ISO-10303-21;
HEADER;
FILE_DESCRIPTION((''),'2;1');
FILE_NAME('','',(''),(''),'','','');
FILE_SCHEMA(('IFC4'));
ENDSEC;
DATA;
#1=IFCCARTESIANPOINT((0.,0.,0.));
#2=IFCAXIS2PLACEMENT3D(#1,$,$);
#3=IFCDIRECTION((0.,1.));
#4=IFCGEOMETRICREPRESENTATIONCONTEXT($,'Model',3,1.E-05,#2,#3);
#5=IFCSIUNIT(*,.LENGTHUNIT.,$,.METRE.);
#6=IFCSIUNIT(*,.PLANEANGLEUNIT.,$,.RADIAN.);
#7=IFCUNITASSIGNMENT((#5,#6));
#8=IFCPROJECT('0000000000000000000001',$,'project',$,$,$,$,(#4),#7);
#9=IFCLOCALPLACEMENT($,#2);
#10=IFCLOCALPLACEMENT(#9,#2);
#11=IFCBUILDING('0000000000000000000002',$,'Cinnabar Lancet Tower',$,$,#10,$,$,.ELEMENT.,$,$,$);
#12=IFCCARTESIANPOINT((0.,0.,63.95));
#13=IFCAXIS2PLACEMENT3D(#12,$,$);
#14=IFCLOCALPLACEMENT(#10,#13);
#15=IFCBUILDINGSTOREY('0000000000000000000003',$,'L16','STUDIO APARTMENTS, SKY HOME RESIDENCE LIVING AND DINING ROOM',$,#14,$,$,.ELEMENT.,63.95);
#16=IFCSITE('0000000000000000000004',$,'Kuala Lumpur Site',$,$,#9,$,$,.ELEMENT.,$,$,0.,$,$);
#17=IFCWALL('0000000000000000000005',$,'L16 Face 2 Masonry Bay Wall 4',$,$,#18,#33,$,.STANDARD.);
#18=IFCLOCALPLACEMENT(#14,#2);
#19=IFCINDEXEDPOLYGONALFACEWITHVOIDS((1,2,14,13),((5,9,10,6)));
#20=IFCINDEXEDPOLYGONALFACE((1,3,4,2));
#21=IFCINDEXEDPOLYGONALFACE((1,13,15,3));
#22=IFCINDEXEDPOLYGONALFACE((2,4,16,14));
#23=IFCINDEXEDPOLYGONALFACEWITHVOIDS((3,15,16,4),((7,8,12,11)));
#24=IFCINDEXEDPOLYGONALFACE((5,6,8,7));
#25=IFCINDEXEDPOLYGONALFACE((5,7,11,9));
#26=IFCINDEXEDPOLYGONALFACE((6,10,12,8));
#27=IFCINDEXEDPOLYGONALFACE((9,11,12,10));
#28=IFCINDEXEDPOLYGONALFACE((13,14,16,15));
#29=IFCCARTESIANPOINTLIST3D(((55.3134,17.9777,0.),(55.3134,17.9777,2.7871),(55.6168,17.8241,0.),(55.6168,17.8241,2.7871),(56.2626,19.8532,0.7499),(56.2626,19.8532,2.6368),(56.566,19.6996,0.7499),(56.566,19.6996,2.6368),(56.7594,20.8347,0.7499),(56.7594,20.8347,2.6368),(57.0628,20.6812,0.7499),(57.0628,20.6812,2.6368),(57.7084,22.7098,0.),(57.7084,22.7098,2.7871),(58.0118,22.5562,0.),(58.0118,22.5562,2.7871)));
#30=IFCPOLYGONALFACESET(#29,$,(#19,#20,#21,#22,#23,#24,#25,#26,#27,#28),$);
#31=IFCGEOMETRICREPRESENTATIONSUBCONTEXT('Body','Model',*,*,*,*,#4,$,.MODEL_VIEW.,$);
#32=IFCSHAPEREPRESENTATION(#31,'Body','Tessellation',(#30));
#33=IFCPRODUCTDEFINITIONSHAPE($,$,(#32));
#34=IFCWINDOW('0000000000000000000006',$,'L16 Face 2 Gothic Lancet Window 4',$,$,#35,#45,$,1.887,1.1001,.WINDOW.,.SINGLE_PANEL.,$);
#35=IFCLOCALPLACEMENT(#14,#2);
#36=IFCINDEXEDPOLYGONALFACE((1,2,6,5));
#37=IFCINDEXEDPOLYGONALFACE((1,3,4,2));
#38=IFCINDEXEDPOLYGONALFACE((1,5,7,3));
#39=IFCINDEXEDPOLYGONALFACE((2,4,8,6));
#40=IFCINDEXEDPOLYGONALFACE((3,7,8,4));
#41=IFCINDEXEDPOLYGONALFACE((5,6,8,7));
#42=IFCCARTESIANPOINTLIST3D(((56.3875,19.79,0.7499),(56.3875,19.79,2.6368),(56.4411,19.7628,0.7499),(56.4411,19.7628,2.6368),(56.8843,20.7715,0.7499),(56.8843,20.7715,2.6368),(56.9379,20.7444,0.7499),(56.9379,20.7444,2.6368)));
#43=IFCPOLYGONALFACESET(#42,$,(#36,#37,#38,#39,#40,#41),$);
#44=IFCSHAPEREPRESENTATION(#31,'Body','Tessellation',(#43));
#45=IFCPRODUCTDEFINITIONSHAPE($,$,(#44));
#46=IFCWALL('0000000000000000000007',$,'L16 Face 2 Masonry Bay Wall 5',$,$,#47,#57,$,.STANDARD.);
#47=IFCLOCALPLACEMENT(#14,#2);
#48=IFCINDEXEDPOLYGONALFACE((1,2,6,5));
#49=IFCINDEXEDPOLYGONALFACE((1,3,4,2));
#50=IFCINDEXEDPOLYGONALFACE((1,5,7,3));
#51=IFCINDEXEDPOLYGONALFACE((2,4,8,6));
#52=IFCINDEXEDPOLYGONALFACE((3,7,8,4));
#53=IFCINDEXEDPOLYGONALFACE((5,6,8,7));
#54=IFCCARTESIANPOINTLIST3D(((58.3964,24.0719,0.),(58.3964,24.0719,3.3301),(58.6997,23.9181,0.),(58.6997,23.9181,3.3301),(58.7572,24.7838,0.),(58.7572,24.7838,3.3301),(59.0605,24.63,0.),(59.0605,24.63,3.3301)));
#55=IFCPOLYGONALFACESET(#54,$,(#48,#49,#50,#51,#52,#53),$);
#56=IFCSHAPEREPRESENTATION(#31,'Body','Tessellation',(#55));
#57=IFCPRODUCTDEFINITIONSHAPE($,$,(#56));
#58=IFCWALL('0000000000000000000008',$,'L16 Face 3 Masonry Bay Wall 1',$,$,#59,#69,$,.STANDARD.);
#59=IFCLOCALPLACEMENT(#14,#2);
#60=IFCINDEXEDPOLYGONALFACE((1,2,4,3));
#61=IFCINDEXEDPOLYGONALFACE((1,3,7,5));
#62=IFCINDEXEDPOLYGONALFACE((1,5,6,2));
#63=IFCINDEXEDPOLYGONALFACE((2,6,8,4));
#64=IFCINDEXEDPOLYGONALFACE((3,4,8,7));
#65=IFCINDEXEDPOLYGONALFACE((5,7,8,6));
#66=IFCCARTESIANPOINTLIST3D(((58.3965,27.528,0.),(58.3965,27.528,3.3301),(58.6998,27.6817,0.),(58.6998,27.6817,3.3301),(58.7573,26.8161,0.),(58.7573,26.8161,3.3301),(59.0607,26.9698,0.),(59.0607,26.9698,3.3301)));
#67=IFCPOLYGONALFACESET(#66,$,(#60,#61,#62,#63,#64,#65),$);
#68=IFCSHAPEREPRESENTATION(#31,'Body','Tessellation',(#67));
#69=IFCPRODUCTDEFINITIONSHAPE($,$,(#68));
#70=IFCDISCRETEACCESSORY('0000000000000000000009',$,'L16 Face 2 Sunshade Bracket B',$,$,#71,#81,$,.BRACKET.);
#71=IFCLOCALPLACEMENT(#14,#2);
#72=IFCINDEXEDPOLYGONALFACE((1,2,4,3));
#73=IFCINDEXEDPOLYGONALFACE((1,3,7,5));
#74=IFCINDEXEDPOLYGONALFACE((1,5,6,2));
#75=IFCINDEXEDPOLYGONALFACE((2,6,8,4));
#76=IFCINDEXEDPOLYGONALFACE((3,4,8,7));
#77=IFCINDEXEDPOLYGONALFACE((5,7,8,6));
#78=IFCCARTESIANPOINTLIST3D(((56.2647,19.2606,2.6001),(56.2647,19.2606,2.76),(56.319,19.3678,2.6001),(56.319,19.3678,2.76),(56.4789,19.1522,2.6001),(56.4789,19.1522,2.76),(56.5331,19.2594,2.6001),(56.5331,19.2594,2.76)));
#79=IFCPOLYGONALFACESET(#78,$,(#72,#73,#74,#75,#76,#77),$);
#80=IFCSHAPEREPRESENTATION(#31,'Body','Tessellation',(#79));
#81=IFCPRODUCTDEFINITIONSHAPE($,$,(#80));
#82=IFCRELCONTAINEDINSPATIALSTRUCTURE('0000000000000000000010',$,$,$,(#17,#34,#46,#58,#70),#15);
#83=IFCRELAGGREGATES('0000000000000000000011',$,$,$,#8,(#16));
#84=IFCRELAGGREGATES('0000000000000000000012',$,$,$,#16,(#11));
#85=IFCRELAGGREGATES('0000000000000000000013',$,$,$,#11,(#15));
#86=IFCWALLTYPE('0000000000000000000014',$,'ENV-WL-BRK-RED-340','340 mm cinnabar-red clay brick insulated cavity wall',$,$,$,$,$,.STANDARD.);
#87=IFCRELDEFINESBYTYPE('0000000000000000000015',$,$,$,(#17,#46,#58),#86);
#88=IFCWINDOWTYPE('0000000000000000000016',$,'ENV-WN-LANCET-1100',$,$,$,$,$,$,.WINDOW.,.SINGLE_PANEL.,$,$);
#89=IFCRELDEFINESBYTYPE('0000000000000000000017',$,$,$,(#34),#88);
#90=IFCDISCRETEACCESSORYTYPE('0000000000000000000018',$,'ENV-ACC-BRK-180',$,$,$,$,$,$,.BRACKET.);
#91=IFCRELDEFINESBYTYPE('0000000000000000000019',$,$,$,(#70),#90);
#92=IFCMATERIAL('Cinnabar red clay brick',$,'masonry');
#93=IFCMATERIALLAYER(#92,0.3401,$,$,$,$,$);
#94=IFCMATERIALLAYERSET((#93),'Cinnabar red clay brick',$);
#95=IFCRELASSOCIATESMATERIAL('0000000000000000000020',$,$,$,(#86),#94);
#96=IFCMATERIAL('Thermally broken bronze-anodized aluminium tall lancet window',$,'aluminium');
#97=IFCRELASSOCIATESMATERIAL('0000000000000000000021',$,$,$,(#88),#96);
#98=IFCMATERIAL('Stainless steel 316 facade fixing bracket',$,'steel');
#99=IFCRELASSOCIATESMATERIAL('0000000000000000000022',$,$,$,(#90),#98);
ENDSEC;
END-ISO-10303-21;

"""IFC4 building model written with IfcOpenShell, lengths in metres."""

from ifc_helpers import new_model, si_unit, direction, frame, frame_2d, origin, origin_2d, place, context, subcontext, project, spatial, rectangle, extrude, material, layer, layer_set, type_object, element, fill, save


model = new_model("IFC4")

# Units and contexts
model_context = context("Model", 3, precision=1e-05, world=origin(), true_north=direction((0.0, 1.0)))
body_context = subcontext(model_context, "Body", "Model", "MODEL_VIEW")
ifc_project = project(units=[si_unit("LENGTHUNIT", "METRE"), si_unit("PLANEANGLEUNIT", "RADIAN")], contexts=[model_context])

# Site, building, storey
site_placement = place(None, origin())
site = spatial("IfcSite", under=ifc_project, at=site_placement, Name="Kuala Lumpur Site", CompositionType="ELEMENT", RefElevation=0.0)
building_placement = place(site_placement, origin())
building = spatial("IfcBuilding", under=site, at=building_placement, Name="Cinnabar Lancet Tower", CompositionType="ELEMENT")
storey_placement = place(building_placement, frame((0.0, 0.0, 63.95)))
storey = spatial("IfcBuildingStorey", under=building, at=storey_placement, Name="L16", Description="STUDIO APARTMENTS, SKY HOME RESIDENCE LIVING AND DINING ROOM", CompositionType="ELEMENT", Elevation=63.95)

# Shared definitions
ifc_material_1 = material(Name="Cinnabar red clay brick", Category="masonry")
ifc_layer_1 = layer(ifc_material_1, 0.3401)
ifc_layer_set_1 = layer_set([ifc_layer_1], Name="Cinnabar red clay brick")
wall_type_1 = type_object("IfcWallType", Name="ENV-WL-BRK-RED-340", Description="340 mm cinnabar-red clay brick insulated cavity wall", PredefinedType="STANDARD", material=ifc_layer_set_1)

# Wall, opening, window
wall_1_placement = place(storey_placement, frame((55.4651, 17.9009, 0.0), z_axis=(0.0, 0.0, 1.0), x_axis=(0.451572, 0.892235, 0.0)))
wall_1 = element("IfcWall", 1, at=wall_1_placement, inside=storey, type_object=wall_type_1, Name="L16 Face 2 Masonry Bay Wall 4", PredefinedType="STANDARD", context=body_context, shape_type="SweptSolid", body=[
    extrude(rectangle(XDim=5.3037, YDim=0.3401, at=frame_2d((2.6519, 0.0))), origin(), (0.0, 0.0, 1.0), 2.7871),
])
opening_1_placement = place(wall_1_placement, frame((2.1021, 0.0, 0.75)))
opening_1 = element("IfcOpeningElement", 2, at=opening_1_placement, cuts=wall_1, PredefinedType="OPENING", context=body_context, shape_type="SweptSolid", body=[
    extrude(rectangle(XDim=1.1001, YDim=1.887, at=frame_2d((0.55, 0.9434))), frame((0.0, 0.1799, 0.0), z_axis=(0.0, -1.0, 0.0), x_axis=(1.0, 0.0, 0.0)), (0.0, 0.0, 1.0), 0.3601),
])
ifc_material_2 = material(Name="Thermally broken bronze-anodized aluminium tall lancet window", Category="aluminium")
window_type = type_object("IfcWindowType", Name="ENV-WN-LANCET-1100", PartitioningType="SINGLE_PANEL", PredefinedType="WINDOW", material=ifc_material_2)
window_placement = place(opening_1_placement, origin())
window = element("IfcWindow", 3, at=window_placement, inside=storey, type_object=window_type, Name="L16 Face 2 Gothic Lancet Window 4", OverallHeight=1.887, OverallWidth=1.1001, PartitioningType="SINGLE_PANEL", PredefinedType="WINDOW", context=body_context, shape_type="SweptSolid", body=[
    extrude(rectangle(XDim=1.1001, YDim=1.887, at=frame_2d((0.55, 0.9434))), frame((0.0, 0.03, 0.0), z_axis=(0.0, -1.0, 0.0), x_axis=(1.0, 0.0, 0.0)), (0.0, 0.0, 1.0), 0.0601),
])
fill(opening_1, window)

# Walls
for number, where, z_axis, x_axis, name in (
    (4, (58.5481, 23.9951, 0.0), (0.0, 0.0, 1.0), (0.452101, 0.891967, 0.0), "L16 Face 2 Masonry Bay Wall 5"),
    (5, (58.9089, 26.8931, 0.0), (0.0, 0.0, 1.0), (-0.452101, 0.891967, 0.0), "L16 Face 3 Masonry Bay Wall 1"),
):
    element("IfcWall", number, at=place(storey_placement, frame(where, z_axis=z_axis, x_axis=x_axis)), inside=storey, type_object=wall_type_1, Name=name, PredefinedType="STANDARD", context=body_context, shape_type="SweptSolid", body=[
        extrude(rectangle(XDim=0.7981, YDim=0.3401, at=frame_2d((0.3989, 0.0))), origin(), (0.0, 0.0, 1.0), 3.3301),
    ])

# Discrete accessory
ifc_material_3 = material(Name="Stainless steel 316 facade fixing bracket", Category="steel")
discrete_accessory_type = type_object("IfcDiscreteAccessoryType", Name="ENV-ACC-BRK-180", PredefinedType="BRACKET", material=ifc_material_3)
discrete_accessory_placement = place(storey_placement, frame((56.3989, 19.26, 2.6001), z_axis=(0.0, 0.0, 1.0), x_axis=(0.451501, 0.892271, 0.0)))
element("IfcDiscreteAccessory", 6, at=discrete_accessory_placement, inside=storey, type_object=discrete_accessory_type, Name="L16 Face 2 Sunshade Bracket B", PredefinedType="BRACKET", context=body_context, shape_type="SweptSolid", body=[
    extrude(rectangle(XDim=0.1201, YDim=0.24, at=origin_2d()), origin(), (0.0, 0.0, 1.0), 0.1599),
])

save(model, "model.ifc")
